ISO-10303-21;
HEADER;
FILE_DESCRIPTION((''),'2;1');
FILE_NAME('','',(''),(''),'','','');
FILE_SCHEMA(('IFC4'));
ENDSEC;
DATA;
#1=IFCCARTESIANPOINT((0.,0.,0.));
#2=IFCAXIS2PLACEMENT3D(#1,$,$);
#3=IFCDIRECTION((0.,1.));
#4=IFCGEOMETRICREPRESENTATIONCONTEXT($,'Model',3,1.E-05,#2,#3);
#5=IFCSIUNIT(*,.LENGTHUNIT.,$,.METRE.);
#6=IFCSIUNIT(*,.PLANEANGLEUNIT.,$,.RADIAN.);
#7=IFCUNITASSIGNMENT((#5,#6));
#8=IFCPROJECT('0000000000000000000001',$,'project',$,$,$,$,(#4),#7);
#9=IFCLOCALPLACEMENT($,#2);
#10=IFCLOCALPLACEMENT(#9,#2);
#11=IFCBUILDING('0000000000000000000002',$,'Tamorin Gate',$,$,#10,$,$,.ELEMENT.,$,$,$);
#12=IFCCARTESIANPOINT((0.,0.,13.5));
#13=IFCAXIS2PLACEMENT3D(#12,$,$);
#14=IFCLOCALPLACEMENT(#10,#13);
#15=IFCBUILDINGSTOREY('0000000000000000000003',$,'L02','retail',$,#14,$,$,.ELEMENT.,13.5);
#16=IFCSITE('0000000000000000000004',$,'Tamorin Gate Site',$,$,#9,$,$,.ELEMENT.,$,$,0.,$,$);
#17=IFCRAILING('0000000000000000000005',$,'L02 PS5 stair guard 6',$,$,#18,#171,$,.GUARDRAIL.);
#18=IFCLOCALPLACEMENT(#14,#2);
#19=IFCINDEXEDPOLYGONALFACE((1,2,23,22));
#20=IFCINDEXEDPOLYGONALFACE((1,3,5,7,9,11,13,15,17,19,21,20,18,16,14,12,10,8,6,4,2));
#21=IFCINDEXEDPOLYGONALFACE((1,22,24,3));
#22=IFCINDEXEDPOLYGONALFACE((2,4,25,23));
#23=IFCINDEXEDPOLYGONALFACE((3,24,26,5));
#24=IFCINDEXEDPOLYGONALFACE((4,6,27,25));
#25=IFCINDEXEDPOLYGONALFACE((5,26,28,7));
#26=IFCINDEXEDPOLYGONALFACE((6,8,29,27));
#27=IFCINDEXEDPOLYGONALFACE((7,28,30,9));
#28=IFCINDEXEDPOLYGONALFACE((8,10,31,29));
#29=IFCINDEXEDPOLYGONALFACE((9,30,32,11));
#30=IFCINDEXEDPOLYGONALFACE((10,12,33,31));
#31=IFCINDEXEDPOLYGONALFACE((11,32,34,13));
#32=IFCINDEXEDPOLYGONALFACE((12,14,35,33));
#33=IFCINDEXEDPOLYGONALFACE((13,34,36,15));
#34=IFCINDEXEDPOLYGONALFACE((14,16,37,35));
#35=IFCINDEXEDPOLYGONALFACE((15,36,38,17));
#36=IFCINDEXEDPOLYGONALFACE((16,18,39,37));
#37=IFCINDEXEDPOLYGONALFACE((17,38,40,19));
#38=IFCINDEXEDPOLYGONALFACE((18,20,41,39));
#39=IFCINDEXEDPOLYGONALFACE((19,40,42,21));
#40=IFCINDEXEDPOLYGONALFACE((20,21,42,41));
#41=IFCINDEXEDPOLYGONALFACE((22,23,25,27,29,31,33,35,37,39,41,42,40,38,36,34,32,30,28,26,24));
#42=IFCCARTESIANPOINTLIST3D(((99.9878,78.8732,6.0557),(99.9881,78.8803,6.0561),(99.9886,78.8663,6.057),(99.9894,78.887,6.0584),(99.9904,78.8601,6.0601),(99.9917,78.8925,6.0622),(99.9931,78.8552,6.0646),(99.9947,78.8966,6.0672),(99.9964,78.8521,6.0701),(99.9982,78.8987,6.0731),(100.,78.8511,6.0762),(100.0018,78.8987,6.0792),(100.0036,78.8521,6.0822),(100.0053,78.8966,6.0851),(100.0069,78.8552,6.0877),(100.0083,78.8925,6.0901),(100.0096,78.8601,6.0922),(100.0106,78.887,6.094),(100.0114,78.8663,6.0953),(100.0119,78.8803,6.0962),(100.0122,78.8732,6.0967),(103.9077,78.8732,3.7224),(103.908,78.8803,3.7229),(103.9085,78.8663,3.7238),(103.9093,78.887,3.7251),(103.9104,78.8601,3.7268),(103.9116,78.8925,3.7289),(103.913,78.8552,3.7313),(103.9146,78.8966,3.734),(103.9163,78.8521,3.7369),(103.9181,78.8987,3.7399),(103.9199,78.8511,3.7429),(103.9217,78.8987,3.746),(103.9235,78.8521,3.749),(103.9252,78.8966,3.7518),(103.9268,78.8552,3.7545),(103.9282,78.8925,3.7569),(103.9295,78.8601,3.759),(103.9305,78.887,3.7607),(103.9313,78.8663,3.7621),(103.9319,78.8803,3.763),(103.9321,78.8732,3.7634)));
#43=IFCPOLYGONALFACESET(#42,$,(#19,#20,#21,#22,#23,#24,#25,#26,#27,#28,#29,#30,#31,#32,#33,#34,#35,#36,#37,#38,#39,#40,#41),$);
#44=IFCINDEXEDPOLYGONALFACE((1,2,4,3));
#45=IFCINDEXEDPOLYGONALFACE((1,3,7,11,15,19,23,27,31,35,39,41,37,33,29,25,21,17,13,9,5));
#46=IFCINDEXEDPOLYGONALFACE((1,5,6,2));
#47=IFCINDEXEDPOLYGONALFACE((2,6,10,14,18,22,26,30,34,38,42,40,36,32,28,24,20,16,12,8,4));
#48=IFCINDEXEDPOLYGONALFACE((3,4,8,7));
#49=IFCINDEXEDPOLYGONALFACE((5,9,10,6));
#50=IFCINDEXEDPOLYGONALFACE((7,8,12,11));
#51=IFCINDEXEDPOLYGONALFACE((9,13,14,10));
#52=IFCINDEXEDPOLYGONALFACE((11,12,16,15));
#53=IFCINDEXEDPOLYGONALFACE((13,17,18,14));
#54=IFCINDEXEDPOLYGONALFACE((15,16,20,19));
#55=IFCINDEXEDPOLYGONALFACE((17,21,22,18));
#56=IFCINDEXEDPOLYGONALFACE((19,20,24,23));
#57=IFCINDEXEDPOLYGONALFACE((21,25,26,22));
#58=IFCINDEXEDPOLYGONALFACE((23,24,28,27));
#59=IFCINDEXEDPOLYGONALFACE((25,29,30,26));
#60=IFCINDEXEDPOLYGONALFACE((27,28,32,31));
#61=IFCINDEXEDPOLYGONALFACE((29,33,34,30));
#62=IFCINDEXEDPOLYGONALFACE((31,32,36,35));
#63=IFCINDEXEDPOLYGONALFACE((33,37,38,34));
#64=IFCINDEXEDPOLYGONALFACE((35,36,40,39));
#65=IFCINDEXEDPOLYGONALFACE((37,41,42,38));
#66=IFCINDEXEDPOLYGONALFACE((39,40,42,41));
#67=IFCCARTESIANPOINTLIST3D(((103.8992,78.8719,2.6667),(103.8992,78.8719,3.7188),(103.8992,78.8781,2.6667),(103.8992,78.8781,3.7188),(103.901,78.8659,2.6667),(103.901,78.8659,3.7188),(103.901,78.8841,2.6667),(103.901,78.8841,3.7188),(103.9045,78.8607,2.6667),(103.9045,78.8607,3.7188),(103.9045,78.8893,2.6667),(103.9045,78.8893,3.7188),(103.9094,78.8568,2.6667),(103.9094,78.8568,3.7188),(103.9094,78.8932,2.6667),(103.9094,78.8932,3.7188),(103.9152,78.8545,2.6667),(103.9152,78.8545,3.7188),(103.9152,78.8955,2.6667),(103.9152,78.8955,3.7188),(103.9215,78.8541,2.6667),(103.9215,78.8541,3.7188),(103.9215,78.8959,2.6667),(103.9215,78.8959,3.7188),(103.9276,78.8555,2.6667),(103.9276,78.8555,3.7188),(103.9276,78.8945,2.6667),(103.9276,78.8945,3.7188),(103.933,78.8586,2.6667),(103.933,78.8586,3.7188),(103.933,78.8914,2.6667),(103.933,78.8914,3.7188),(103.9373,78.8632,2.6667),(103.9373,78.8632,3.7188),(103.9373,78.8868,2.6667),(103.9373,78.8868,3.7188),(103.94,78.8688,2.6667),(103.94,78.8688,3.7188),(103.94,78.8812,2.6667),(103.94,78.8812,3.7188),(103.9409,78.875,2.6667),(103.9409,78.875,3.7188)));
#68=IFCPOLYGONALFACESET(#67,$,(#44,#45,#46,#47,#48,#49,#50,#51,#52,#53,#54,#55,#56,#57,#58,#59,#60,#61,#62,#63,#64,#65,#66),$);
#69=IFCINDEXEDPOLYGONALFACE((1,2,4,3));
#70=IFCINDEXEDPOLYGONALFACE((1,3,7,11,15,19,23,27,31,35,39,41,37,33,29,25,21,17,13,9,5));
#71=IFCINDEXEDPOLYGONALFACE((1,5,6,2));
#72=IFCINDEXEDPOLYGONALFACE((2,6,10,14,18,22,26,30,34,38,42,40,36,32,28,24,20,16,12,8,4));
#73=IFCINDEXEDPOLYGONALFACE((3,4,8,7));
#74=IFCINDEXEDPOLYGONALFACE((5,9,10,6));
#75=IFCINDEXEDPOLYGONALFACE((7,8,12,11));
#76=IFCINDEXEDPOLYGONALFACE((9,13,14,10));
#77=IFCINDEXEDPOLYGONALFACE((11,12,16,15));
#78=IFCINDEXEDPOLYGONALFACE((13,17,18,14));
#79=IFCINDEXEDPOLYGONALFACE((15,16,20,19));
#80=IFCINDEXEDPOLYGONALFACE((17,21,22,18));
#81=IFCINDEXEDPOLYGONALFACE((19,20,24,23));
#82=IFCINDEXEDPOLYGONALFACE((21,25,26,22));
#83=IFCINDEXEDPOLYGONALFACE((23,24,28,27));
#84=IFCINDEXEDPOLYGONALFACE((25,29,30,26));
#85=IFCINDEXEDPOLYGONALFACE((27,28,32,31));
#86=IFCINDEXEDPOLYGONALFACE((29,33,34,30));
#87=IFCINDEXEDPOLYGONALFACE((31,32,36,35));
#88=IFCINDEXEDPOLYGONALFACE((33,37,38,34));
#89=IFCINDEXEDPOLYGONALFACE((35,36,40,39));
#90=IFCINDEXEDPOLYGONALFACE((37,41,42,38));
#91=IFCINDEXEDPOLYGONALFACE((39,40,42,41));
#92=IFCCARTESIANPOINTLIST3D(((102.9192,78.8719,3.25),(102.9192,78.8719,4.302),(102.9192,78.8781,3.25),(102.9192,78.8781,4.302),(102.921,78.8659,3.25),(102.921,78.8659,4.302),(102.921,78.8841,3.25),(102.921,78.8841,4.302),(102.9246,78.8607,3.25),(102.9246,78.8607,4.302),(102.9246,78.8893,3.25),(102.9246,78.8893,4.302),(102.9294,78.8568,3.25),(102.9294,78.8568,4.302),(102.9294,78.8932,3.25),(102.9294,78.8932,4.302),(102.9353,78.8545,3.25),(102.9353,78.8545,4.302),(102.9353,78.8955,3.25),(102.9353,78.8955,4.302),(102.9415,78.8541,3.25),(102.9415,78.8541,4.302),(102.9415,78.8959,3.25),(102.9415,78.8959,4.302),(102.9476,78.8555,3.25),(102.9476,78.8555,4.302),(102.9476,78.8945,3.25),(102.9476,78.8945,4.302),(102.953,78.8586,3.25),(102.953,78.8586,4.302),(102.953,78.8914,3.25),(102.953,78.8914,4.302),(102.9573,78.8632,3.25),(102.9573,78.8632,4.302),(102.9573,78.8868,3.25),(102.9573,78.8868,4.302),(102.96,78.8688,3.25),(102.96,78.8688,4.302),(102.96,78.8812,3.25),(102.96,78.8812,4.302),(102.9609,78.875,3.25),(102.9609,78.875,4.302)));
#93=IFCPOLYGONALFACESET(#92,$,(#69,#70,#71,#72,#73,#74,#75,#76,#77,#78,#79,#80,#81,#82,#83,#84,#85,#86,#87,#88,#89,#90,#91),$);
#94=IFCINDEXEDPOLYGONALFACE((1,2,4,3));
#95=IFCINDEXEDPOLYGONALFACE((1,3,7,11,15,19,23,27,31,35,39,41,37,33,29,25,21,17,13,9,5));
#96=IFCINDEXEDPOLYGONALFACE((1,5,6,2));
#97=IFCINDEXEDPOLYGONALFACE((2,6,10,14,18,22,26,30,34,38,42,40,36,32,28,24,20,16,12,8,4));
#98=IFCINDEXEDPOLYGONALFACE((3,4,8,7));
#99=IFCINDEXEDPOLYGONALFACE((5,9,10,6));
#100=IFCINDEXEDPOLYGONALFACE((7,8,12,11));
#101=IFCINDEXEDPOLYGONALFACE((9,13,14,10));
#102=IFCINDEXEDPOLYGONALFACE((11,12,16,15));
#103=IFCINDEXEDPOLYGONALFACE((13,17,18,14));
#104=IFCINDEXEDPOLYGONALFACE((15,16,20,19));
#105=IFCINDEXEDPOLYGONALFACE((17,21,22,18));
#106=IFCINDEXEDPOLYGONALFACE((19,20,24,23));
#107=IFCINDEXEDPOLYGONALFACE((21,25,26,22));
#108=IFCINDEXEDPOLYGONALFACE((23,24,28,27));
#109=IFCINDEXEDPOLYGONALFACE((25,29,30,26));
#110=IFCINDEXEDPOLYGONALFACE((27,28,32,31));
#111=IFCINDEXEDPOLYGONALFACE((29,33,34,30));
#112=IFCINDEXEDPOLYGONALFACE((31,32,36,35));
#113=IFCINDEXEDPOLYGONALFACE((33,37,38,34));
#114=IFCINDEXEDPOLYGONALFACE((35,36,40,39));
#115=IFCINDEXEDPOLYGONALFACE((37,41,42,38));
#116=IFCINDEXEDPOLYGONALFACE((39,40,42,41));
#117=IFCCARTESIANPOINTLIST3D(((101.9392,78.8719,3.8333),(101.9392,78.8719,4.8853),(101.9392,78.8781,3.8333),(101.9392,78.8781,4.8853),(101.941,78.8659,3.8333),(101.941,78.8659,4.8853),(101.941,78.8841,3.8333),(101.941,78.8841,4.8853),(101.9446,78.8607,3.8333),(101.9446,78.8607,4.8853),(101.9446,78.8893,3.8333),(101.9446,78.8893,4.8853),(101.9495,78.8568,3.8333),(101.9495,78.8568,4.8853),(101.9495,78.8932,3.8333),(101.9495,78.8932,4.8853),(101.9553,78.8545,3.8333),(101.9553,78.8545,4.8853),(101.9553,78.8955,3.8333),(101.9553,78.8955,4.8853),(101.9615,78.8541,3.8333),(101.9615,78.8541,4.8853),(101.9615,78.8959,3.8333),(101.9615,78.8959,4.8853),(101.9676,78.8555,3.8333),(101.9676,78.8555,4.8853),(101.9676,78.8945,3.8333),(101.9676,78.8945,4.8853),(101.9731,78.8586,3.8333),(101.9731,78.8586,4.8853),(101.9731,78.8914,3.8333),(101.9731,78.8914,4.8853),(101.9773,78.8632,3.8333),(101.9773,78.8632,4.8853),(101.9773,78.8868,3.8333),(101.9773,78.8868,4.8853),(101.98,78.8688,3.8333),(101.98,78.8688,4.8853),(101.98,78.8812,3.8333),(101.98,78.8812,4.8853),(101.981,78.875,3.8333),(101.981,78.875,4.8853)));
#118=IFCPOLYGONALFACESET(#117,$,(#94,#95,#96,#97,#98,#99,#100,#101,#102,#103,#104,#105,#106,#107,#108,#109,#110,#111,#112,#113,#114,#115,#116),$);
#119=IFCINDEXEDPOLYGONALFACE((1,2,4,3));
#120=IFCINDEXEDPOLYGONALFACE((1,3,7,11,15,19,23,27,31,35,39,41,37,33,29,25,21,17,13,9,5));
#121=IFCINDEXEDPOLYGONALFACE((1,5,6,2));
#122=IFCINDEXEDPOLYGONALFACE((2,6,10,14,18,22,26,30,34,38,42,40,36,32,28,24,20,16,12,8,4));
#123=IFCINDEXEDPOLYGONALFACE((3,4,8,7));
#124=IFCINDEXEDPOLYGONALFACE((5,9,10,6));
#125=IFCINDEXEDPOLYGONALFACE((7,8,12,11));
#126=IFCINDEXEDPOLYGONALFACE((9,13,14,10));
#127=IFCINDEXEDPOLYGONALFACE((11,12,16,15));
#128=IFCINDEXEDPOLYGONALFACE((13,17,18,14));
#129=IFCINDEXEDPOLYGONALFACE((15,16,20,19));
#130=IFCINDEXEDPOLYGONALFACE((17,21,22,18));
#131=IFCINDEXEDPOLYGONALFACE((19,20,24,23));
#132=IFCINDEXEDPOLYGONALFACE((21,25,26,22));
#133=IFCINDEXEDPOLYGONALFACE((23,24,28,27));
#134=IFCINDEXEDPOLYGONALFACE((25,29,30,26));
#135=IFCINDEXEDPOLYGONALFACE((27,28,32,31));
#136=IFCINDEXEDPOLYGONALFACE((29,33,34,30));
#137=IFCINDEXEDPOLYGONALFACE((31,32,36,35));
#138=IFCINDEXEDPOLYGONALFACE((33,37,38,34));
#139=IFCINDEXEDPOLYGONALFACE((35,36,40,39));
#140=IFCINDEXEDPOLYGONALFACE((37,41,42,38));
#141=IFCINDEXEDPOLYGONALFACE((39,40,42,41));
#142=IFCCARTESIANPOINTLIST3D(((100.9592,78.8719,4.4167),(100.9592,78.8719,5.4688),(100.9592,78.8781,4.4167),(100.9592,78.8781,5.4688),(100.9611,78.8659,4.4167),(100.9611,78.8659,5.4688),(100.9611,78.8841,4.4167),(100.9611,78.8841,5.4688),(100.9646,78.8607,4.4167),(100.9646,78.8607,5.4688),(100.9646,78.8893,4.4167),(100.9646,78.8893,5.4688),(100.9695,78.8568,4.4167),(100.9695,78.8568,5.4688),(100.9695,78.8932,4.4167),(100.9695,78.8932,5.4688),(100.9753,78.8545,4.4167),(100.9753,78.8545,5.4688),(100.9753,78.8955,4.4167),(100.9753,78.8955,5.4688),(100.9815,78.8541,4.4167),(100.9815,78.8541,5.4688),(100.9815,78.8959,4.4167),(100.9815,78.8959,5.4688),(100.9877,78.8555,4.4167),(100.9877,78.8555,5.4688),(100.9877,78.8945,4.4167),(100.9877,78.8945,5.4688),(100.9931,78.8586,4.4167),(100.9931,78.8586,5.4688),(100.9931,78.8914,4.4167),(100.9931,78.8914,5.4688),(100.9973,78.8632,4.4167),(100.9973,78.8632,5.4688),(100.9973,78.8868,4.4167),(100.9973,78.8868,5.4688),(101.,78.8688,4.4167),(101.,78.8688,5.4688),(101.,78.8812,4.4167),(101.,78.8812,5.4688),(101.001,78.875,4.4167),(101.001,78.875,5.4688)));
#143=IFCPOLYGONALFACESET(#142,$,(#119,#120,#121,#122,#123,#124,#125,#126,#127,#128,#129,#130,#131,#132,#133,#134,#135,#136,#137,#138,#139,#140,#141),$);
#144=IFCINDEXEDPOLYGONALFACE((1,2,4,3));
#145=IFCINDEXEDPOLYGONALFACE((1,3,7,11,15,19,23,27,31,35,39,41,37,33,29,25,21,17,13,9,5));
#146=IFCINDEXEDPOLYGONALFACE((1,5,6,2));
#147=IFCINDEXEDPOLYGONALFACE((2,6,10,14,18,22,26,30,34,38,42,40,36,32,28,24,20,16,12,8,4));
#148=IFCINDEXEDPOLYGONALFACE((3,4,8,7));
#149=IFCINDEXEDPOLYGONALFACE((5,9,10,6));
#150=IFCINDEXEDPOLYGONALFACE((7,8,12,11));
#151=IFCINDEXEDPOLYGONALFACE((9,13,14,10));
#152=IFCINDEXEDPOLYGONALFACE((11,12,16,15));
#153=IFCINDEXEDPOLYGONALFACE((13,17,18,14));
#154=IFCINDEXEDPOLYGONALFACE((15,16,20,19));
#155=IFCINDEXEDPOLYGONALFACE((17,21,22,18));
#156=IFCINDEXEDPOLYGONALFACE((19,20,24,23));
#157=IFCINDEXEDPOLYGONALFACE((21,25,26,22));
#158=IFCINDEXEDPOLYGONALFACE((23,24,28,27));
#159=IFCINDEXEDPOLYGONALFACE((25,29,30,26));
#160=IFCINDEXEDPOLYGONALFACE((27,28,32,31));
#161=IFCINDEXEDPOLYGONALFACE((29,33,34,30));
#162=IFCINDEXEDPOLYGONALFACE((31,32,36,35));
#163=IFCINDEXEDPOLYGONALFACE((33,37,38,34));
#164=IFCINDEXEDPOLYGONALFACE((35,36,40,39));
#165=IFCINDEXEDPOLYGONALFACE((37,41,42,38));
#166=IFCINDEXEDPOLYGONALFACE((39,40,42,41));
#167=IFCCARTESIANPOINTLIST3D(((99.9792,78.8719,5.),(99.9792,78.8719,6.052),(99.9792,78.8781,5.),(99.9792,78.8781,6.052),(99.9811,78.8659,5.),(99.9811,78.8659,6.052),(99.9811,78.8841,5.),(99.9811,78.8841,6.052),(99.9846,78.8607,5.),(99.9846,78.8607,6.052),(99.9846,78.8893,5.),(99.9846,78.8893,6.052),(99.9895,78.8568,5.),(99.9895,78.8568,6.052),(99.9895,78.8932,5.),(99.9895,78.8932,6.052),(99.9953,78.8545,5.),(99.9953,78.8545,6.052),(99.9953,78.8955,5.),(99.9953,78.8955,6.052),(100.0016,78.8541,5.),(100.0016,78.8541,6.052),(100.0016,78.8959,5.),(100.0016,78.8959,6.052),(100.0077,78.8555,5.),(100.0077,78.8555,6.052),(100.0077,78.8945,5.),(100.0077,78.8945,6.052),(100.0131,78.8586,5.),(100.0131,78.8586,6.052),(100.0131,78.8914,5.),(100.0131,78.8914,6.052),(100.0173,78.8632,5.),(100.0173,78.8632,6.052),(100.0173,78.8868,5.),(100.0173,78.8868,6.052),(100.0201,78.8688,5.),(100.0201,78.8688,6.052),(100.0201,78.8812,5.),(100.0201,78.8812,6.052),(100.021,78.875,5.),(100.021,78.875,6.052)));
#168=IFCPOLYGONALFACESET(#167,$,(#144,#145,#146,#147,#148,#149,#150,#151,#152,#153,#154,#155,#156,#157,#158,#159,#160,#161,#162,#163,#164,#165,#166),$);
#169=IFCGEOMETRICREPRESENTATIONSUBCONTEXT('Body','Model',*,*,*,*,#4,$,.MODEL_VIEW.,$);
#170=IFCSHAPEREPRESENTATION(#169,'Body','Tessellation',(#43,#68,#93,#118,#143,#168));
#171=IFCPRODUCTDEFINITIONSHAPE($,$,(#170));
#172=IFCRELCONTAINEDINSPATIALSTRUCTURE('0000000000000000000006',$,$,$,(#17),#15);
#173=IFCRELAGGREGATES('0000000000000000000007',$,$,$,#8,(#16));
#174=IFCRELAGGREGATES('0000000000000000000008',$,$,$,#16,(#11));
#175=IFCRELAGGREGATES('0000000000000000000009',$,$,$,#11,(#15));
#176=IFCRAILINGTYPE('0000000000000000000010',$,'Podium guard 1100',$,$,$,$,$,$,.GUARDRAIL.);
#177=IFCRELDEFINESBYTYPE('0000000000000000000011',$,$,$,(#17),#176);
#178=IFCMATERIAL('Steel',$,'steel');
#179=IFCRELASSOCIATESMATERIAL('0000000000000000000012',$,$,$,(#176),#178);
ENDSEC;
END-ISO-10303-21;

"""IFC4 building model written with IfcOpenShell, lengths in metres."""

from ifc_helpers import new_model, si_unit, direction, frame, origin, origin_2d, place, context, subcontext, project, spatial, circle, extrude, material, type_object, element, save


model = new_model("IFC4")

# Units and contexts
model_context = context("Model", 3, precision=1e-05, world=origin(), true_north=direction((0.0, 1.0)))
body_context = subcontext(model_context, "Body", "Model", "MODEL_VIEW")
ifc_project = project(units=[si_unit("LENGTHUNIT", "METRE"), si_unit("PLANEANGLEUNIT", "RADIAN")], contexts=[model_context])

# Site, building, storey
site_placement = place(None, origin())
site = spatial("IfcSite", under=ifc_project, at=site_placement, Name="Tamorin Gate Site", CompositionType="ELEMENT", RefElevation=0.0)
building_placement = place(site_placement, origin())
building = spatial("IfcBuilding", under=site, at=building_placement, Name="Tamorin Gate", CompositionType="ELEMENT")
storey_placement = place(building_placement, frame((0.0, 0.0, 13.5)))
storey = spatial("IfcBuildingStorey", under=building, at=storey_placement, Name="L02", Description="retail", CompositionType="ELEMENT", Elevation=13.5)

# Railing
ifc_material_1 = material(Name="Steel", Category="steel")
railing_type_1 = type_object("IfcRailingType", Name="Podium guard 1100", PredefinedType="GUARDRAIL", material=ifc_material_1)
railing_1_placement = place(storey_placement, frame((103.9199, 78.875, 2.6667)))
element("IfcRailing", 1, at=railing_1_placement, inside=storey, type_object=railing_type_1, Name="L02 PS5 stair guard 6", PredefinedType="GUARDRAIL", context=body_context, shape_type="SweptSolid", body=[
    extrude(circle(Radius=0.0239, at=origin_2d()), frame((0.0, 0.0, 1.0762), z_axis=(-0.859296, 0.0, 0.511478), x_axis=(0.0, -1.0, 0.0)), (0.0, 0.0, 1.0), 4.5618),
    extrude(circle(Radius=0.021, at=origin_2d()), origin(), (0.0, 0.0, 1.0), 1.052),
    extrude(circle(Radius=0.021, at=origin_2d()), frame((-0.98, 0.0, 0.5833)), (0.0, 0.0, 1.0), 1.052),
    extrude(circle(Radius=0.021, at=origin_2d()), frame((-1.96, 0.0, 1.1665)), (0.0, 0.0, 1.0), 1.052),
    extrude(circle(Radius=0.021, at=origin_2d()), frame((-2.9399, 0.0, 1.75)), (0.0, 0.0, 1.0), 1.052),
    extrude(circle(Radius=0.021, at=origin_2d()), frame((-3.9199, 0.0, 2.3333)), (0.0, 0.0, 1.0), 1.052),
])

save(model, "model.ifc")
